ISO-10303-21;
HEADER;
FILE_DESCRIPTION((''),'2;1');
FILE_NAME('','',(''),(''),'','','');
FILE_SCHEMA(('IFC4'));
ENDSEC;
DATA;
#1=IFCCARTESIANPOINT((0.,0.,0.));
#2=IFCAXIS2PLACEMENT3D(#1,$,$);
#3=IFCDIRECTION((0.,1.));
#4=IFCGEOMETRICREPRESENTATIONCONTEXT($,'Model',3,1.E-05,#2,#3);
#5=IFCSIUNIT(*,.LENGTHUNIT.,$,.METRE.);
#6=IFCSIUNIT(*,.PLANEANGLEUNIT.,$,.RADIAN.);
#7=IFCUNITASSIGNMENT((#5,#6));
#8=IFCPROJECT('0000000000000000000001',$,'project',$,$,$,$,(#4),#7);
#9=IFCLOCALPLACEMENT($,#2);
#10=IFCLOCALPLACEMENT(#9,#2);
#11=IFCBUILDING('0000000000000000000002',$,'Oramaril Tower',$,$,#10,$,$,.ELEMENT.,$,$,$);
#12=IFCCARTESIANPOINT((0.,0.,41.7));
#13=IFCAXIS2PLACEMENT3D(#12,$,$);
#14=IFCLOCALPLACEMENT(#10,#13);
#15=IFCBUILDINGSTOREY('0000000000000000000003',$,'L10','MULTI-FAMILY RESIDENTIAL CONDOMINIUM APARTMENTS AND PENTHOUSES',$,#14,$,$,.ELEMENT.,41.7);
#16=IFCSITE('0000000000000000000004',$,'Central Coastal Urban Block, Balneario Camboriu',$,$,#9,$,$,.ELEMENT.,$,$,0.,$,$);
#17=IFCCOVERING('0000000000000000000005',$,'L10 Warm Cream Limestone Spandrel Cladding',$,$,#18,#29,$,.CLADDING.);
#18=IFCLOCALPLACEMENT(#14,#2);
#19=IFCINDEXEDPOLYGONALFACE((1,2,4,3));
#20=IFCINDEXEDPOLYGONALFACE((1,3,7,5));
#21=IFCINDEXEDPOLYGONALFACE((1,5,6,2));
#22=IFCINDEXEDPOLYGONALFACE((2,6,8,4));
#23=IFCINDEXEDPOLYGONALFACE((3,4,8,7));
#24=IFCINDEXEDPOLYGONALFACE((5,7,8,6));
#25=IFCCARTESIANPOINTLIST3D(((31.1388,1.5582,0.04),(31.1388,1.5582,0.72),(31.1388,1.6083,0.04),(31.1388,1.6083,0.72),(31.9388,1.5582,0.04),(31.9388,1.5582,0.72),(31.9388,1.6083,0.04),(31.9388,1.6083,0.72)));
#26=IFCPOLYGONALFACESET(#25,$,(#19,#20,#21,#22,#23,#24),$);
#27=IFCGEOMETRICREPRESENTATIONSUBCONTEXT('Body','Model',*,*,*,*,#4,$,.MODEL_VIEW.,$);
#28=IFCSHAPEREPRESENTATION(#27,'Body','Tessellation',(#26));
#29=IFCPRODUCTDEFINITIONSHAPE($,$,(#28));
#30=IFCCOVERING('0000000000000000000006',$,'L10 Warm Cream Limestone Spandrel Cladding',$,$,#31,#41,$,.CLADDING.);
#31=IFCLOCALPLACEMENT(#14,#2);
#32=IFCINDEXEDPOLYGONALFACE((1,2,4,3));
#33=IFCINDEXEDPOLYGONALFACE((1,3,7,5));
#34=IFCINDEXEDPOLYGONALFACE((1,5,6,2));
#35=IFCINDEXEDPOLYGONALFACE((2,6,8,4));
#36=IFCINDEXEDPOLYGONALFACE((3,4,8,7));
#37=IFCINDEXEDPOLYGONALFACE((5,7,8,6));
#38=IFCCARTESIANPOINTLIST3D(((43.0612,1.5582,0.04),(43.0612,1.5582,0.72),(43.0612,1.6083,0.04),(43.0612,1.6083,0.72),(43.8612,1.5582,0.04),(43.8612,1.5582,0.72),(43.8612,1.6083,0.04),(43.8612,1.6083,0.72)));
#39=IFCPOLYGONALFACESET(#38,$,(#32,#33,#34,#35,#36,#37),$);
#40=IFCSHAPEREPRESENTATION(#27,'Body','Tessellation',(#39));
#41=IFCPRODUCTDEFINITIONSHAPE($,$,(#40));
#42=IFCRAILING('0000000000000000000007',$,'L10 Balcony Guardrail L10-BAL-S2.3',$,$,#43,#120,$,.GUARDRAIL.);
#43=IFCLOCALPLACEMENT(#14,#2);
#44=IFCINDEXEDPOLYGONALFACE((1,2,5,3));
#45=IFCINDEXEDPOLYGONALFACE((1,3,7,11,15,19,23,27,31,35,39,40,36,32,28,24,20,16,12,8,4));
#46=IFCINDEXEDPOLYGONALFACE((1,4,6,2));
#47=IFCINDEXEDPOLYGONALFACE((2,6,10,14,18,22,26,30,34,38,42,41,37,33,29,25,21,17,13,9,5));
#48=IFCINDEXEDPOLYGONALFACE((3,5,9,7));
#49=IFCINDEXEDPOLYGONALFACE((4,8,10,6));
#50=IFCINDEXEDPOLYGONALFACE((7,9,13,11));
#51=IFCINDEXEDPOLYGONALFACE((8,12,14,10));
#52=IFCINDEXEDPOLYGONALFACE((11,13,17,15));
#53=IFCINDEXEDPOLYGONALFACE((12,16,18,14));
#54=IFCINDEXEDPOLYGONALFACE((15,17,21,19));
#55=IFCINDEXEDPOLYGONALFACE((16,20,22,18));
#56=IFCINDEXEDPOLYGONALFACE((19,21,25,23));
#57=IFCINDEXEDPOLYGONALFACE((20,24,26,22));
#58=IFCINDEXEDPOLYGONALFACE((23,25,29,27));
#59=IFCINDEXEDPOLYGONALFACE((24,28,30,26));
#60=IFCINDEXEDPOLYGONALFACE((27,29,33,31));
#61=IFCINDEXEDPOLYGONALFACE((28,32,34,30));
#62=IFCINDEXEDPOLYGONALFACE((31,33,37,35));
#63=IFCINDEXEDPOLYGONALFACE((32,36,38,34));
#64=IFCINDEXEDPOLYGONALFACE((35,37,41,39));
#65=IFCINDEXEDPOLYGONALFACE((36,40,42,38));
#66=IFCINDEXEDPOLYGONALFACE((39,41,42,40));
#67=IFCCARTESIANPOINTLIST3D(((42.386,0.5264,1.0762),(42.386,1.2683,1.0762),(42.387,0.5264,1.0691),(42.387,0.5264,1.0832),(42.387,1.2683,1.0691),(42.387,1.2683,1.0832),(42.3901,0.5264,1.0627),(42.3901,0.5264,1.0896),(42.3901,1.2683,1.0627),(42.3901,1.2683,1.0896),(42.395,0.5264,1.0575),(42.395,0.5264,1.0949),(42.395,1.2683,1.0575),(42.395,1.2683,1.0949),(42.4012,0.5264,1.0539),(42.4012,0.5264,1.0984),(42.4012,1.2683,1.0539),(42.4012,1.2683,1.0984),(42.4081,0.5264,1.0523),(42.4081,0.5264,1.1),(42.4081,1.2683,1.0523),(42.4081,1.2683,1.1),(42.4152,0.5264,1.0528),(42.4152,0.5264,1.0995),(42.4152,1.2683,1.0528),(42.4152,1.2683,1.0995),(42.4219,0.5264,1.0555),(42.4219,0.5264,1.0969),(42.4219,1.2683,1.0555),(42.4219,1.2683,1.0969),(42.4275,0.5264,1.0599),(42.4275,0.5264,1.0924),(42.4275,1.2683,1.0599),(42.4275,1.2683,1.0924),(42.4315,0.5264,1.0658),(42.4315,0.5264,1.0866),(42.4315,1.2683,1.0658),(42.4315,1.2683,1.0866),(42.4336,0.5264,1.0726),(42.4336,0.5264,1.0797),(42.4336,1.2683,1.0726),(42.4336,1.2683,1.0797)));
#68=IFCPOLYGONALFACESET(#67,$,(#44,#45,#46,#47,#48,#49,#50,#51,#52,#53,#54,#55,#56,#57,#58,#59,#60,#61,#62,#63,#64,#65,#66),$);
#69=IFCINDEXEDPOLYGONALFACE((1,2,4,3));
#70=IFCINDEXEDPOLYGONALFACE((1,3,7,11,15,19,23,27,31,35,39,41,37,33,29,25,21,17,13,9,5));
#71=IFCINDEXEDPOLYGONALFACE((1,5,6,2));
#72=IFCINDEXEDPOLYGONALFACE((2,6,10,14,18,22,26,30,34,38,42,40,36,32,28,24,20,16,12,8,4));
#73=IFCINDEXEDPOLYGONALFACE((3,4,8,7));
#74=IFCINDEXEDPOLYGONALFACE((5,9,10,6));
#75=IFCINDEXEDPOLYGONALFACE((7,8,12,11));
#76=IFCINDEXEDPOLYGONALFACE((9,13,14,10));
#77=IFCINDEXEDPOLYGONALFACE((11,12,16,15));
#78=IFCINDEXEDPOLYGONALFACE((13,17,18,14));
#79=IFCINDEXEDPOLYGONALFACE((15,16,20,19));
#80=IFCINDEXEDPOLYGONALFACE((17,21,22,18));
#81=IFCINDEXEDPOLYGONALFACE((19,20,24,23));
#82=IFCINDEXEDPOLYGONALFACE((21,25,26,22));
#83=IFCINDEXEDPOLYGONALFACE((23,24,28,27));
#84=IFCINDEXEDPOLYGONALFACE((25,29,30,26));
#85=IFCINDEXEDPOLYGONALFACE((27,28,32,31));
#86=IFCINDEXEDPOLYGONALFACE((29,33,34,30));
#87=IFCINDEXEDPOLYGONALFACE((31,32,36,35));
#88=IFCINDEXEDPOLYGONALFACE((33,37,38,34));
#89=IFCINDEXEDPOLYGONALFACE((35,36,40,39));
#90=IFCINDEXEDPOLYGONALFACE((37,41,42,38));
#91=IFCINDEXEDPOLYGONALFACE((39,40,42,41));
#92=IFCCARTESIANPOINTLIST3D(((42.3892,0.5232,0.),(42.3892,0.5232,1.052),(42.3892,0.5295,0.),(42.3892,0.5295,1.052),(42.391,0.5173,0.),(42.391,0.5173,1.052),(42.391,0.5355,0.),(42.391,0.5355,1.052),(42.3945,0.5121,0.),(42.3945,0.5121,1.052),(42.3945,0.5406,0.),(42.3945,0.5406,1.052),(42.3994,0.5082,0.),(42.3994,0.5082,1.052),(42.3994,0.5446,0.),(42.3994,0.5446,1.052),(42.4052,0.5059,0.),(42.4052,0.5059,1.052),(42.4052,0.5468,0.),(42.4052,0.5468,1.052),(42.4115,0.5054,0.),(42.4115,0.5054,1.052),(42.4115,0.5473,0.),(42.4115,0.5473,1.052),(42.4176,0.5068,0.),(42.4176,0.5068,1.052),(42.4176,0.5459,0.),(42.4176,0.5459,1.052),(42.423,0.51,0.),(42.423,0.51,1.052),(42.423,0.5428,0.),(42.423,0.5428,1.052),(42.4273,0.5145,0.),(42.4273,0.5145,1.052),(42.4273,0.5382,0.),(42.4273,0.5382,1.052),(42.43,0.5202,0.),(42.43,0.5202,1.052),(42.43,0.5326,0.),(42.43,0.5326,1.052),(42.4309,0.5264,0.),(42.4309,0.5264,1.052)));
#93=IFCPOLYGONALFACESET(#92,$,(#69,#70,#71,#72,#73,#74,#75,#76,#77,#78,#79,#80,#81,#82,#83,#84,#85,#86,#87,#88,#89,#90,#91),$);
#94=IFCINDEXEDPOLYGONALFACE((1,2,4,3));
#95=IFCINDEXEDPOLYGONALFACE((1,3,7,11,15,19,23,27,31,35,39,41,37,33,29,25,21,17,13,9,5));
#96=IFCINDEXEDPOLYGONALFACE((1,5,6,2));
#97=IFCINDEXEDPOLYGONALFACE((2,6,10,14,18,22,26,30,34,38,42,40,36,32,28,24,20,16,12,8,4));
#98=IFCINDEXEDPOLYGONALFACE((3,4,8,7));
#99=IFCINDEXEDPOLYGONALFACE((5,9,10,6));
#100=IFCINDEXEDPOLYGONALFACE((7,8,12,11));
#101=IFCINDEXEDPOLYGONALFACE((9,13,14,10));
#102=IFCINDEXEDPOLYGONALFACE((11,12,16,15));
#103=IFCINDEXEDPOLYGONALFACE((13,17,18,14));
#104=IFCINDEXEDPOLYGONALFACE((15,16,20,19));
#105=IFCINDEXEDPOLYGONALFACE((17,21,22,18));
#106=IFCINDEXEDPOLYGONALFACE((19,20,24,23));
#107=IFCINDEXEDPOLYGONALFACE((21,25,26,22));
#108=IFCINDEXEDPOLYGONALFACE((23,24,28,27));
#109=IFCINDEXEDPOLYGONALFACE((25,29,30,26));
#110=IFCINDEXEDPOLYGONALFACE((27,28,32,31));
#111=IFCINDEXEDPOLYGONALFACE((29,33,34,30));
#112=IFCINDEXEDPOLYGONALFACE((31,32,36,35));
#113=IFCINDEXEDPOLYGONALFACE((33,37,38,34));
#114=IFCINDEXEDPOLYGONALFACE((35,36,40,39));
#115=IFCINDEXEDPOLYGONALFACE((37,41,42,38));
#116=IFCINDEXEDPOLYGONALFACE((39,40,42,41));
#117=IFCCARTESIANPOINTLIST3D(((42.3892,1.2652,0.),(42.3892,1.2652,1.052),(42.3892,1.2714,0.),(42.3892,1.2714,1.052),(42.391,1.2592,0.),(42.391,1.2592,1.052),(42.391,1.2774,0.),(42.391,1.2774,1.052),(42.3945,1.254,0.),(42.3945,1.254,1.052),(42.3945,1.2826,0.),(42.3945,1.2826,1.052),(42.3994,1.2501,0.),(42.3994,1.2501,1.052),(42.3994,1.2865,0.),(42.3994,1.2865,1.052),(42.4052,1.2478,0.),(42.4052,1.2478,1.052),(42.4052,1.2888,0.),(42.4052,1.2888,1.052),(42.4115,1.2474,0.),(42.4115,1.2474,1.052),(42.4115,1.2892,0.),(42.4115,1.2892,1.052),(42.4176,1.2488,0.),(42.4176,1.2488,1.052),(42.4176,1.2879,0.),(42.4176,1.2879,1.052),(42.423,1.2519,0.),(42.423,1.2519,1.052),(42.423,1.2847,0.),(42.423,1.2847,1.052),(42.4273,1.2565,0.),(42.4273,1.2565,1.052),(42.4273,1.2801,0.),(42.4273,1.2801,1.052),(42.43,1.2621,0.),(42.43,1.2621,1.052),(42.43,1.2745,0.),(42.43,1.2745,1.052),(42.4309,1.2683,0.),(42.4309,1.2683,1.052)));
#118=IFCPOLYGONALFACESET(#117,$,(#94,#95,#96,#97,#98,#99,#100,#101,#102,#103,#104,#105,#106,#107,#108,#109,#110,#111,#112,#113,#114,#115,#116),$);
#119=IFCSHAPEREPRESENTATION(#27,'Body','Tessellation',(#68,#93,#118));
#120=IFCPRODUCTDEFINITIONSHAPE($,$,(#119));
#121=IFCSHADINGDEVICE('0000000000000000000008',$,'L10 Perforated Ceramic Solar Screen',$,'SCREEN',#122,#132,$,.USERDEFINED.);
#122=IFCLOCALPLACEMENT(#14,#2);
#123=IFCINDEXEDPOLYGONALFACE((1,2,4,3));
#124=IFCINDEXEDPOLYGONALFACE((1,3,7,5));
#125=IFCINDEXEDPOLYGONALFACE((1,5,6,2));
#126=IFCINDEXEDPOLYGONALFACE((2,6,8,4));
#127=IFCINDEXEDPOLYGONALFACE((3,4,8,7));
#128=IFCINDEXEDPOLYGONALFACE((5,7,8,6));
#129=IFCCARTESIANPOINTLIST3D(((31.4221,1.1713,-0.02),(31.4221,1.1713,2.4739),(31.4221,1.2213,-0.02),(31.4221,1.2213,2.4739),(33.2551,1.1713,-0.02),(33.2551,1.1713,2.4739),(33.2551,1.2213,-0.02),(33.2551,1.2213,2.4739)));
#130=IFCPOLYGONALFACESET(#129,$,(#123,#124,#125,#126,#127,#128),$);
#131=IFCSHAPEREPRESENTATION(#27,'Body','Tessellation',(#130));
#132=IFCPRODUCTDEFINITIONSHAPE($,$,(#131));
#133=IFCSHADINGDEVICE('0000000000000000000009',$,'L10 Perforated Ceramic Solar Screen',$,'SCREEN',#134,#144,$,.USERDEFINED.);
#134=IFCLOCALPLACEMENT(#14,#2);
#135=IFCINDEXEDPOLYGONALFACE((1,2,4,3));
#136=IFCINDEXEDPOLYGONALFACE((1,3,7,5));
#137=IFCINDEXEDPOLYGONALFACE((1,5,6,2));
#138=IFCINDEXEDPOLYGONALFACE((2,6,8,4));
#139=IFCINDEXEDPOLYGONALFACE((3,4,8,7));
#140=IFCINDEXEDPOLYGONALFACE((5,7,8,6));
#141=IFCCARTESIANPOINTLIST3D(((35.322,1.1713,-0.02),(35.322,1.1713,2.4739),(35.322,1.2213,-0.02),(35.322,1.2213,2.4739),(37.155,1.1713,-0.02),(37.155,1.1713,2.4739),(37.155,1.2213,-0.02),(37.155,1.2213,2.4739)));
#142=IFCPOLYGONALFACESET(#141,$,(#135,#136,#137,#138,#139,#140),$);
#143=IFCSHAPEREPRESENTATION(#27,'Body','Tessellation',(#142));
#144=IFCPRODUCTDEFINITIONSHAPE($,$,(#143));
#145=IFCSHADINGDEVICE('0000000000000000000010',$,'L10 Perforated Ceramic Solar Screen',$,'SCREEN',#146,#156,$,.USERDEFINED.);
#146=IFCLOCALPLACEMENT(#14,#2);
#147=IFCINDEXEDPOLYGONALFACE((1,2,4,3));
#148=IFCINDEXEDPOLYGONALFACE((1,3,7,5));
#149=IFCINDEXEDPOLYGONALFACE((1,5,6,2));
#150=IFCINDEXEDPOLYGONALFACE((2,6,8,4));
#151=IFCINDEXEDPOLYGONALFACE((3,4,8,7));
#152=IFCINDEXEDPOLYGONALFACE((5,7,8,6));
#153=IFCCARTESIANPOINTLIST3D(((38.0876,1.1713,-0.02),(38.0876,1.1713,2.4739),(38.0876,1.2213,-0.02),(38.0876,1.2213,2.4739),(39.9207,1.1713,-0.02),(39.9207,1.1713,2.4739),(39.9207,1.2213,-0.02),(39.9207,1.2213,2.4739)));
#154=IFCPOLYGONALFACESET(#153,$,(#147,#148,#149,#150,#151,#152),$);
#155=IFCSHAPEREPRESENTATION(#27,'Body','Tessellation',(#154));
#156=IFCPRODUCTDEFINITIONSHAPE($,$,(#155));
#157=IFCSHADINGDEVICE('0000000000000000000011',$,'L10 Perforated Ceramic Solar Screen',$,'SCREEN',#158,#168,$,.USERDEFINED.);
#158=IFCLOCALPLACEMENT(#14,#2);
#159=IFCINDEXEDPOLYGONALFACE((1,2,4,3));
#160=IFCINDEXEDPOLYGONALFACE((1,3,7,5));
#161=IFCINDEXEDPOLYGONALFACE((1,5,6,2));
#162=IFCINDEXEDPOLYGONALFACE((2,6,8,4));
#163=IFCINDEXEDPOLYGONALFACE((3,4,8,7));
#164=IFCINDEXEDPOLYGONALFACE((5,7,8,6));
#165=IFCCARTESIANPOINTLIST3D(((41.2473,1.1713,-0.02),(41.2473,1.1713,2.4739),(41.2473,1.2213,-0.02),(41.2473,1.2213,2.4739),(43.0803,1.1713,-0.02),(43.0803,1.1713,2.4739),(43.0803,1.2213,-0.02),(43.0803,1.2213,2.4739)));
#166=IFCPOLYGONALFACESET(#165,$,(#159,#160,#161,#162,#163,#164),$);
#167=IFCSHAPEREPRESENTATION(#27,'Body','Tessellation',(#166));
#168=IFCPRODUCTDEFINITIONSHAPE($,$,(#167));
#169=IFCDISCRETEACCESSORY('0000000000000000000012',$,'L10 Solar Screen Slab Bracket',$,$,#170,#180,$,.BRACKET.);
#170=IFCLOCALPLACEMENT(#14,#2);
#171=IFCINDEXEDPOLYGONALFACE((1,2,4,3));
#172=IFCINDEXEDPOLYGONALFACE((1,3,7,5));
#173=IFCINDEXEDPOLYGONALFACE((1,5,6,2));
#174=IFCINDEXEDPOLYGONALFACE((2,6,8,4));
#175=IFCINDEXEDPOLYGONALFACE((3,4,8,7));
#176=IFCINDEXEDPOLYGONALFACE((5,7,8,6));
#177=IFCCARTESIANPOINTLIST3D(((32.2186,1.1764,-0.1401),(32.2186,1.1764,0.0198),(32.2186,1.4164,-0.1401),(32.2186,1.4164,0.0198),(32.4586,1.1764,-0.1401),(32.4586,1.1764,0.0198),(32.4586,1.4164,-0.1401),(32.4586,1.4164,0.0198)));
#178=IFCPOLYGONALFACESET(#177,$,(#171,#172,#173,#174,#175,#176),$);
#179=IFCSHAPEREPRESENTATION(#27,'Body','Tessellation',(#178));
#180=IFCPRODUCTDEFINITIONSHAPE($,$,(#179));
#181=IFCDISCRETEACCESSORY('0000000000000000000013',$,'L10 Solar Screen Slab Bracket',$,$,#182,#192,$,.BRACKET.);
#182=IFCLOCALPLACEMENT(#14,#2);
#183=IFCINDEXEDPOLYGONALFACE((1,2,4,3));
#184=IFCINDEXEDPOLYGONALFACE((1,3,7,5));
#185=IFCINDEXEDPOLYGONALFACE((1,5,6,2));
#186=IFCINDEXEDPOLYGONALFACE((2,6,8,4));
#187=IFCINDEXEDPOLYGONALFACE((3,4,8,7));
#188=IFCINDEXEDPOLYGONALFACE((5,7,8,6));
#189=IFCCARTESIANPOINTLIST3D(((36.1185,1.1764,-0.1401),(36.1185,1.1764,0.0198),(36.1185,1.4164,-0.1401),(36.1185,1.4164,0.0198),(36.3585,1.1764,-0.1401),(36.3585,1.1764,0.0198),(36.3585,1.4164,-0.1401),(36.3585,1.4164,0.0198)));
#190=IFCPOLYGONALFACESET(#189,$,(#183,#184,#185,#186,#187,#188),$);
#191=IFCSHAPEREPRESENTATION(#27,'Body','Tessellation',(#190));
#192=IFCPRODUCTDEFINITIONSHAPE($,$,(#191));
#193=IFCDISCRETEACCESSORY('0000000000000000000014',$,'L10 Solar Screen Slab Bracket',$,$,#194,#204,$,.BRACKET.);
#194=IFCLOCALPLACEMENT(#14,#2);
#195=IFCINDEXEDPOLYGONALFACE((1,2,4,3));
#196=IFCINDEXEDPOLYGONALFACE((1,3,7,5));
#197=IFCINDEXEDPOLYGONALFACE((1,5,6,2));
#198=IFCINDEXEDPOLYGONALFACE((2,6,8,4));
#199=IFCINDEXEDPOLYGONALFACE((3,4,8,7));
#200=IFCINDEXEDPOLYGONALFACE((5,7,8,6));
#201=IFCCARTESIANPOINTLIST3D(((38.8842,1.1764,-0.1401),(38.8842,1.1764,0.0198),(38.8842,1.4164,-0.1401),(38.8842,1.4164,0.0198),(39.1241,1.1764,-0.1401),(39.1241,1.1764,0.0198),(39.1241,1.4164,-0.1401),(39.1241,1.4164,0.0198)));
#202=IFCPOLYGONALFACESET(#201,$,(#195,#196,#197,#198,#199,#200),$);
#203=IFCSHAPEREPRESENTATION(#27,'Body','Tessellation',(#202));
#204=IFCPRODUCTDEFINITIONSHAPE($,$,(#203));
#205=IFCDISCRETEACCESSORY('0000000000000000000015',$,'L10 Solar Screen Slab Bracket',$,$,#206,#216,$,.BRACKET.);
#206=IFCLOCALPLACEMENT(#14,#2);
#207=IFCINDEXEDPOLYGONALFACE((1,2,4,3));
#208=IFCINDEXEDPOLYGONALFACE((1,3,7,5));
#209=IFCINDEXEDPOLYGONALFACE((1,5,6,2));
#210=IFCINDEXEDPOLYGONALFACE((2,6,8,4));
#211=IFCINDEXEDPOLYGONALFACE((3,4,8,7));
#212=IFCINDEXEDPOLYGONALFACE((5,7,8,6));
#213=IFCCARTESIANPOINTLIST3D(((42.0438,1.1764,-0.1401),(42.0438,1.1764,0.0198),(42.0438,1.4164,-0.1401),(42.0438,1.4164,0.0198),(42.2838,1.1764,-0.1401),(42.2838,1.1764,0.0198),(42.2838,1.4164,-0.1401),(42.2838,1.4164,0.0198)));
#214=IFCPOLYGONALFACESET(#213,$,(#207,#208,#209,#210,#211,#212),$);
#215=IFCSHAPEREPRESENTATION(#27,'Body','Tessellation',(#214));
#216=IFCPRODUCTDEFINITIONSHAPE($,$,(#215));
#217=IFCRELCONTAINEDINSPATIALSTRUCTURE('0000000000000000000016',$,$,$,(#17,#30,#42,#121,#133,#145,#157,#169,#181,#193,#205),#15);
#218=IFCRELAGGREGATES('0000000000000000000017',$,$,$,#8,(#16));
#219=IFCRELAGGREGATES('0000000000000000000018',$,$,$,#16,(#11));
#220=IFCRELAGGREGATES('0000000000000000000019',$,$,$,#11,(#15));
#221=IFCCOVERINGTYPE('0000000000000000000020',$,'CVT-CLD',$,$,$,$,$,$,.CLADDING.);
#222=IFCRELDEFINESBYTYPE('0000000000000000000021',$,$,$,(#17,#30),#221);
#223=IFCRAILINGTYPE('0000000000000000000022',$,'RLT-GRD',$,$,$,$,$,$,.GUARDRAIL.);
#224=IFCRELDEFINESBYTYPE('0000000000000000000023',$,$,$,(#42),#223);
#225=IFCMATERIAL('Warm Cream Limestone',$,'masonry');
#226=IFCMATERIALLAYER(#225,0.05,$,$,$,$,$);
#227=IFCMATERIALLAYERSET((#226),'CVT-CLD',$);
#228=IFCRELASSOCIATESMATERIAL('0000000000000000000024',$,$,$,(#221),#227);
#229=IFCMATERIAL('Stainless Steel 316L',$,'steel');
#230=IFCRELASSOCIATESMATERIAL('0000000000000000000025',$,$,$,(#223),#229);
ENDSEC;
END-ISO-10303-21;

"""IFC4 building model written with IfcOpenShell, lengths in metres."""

from ifc_helpers import new_model, si_unit, direction, frame, origin, origin_2d, place, context, subcontext, project, spatial, rectangle, circle, extrude, material, layer, layer_set, type_object, element, save


model = new_model("IFC4")

# Units and contexts
model_context = context("Model", 3, precision=1e-05, world=origin(), true_north=direction((0.0, 1.0)))
body_context = subcontext(model_context, "Body", "Model", "MODEL_VIEW")
ifc_project = project(units=[si_unit("LENGTHUNIT", "METRE"), si_unit("PLANEANGLEUNIT", "RADIAN")], contexts=[model_context])

# Site, building, storey
site_placement = place(None, origin())
site = spatial("IfcSite", under=ifc_project, at=site_placement, Name="Central Coastal Urban Block, Balneario Camboriu", CompositionType="ELEMENT", RefElevation=0.0)
building_placement = place(site_placement, origin())
building = spatial("IfcBuilding", under=site, at=building_placement, Name="Oramaril Tower", CompositionType="ELEMENT")
storey_placement = place(building_placement, frame((0.0, 0.0, 41.7)))
storey = spatial("IfcBuildingStorey", under=building, at=storey_placement, Name="L10", Description="MULTI-FAMILY RESIDENTIAL CONDOMINIUM APARTMENTS AND PENTHOUSES", CompositionType="ELEMENT", Elevation=41.7)

# Coverings
ifc_material_1 = material(Name="Warm Cream Limestone", Category="masonry")
ifc_layer_1 = layer(ifc_material_1, 0.05)
ifc_layer_set_1 = layer_set([ifc_layer_1], Name="CVT-CLD")
covering_type = type_object("IfcCoveringType", Name="CVT-CLD", PredefinedType="CLADDING", material=ifc_layer_set_1)
for number, where, z_axis, x_axis, name in (
    (1, (31.5388, 1.5833, 0.04), (0.0, 0.0, 1.0), (1.0, 0.0, 0.0), "L10 Warm Cream Limestone Spandrel Cladding"),
    (2, (43.4612, 1.5833, 0.04), (0.0, 0.0, 1.0), (1.0, 0.0, 0.0), "L10 Warm Cream Limestone Spandrel Cladding"),
):
    element("IfcCovering", number, at=place(storey_placement, frame(where, z_axis=z_axis, x_axis=x_axis)), inside=storey, type_object=covering_type, Name=name, PredefinedType="CLADDING", context=body_context, shape_type="SweptSolid", body=[
        extrude(rectangle(XDim=0.8, YDim=0.05, at=origin_2d()), origin(), (0.0, 0.0, 1.0), 0.6799),
    ])

# Railing
ifc_material_2 = material(Name="Stainless Steel 316L", Category="steel")
railing_type = type_object("IfcRailingType", Name="RLT-GRD", PredefinedType="GUARDRAIL", material=ifc_material_2)
railing_placement = place(storey_placement, frame((42.4099, 0.5264, 0.0)))
element("IfcRailing", 3, at=railing_placement, inside=storey, type_object=railing_type, Name="L10 Balcony Guardrail L10-BAL-S2.3", PredefinedType="GUARDRAIL", context=body_context, shape_type="SweptSolid", body=[
    extrude(circle(Radius=0.0239, at=origin_2d()), frame((0.0, 0.0, 1.0762), z_axis=(0.0, 1.0, 0.0), x_axis=(-1.0, 0.0, 0.0)), (0.0, 0.0, 1.0), 0.7419),
    extrude(circle(Radius=0.021, at=origin_2d()), origin(), (0.0, 0.0, 1.0), 1.052),
    extrude(circle(Radius=0.021, at=origin_2d()), frame((0.0, 0.7419, 0.0)), (0.0, 0.0, 1.0), 1.052),
])

# Shading devices
for number, where, z_axis, x_axis, name in (
    (4, (32.3386, 1.1963, -0.02), (0.0, 0.0, 1.0), (1.0, 0.0, 0.0), "L10 Perforated Ceramic Solar Screen"),
    (5, (36.2385, 1.1963, -0.02), (0.0, 0.0, 1.0), (1.0, 0.0, 0.0), "L10 Perforated Ceramic Solar Screen"),
    (6, (39.0042, 1.1963, -0.02), (0.0, 0.0, 1.0), (1.0, 0.0, 0.0), "L10 Perforated Ceramic Solar Screen"),
    (7, (42.1638, 1.1963, -0.02), (0.0, 0.0, 1.0), (1.0, 0.0, 0.0), "L10 Perforated Ceramic Solar Screen"),
):
    element("IfcShadingDevice", number, at=place(storey_placement, frame(where, z_axis=z_axis, x_axis=x_axis)), inside=storey, Name=name, ObjectType="SCREEN", PredefinedType="USERDEFINED", context=body_context, shape_type="SweptSolid", body=[
        extrude(rectangle(XDim=1.833, YDim=0.05, at=origin_2d()), origin(), (0.0, 0.0, 1.0), 2.4939),
    ])

# Discrete accessories
for number, where, z_axis, x_axis, name in (
    (8, (32.3386, 1.2964, -0.1401), (0.0, 0.0, 1.0), (1.0, 0.0, 0.0), "L10 Solar Screen Slab Bracket"),
    (9, (36.2385, 1.2964, -0.1401), (0.0, 0.0, 1.0), (1.0, 0.0, 0.0), "L10 Solar Screen Slab Bracket"),
    (10, (39.0042, 1.2964, -0.1401), (0.0, 0.0, 1.0), (1.0, 0.0, 0.0), "L10 Solar Screen Slab Bracket"),
    (11, (42.1638, 1.2964, -0.1401), (0.0, 0.0, 1.0), (1.0, 0.0, 0.0), "L10 Solar Screen Slab Bracket"),
):
    element("IfcDiscreteAccessory", number, at=place(storey_placement, frame(where, z_axis=z_axis, x_axis=x_axis)), inside=storey, Name=name, PredefinedType="BRACKET", context=body_context, shape_type="SweptSolid", body=[
        extrude(rectangle(XDim=0.24, YDim=0.24, at=origin_2d()), origin(), (0.0, 0.0, 1.0), 0.1599),
    ])

save(model, "model.ifc")
